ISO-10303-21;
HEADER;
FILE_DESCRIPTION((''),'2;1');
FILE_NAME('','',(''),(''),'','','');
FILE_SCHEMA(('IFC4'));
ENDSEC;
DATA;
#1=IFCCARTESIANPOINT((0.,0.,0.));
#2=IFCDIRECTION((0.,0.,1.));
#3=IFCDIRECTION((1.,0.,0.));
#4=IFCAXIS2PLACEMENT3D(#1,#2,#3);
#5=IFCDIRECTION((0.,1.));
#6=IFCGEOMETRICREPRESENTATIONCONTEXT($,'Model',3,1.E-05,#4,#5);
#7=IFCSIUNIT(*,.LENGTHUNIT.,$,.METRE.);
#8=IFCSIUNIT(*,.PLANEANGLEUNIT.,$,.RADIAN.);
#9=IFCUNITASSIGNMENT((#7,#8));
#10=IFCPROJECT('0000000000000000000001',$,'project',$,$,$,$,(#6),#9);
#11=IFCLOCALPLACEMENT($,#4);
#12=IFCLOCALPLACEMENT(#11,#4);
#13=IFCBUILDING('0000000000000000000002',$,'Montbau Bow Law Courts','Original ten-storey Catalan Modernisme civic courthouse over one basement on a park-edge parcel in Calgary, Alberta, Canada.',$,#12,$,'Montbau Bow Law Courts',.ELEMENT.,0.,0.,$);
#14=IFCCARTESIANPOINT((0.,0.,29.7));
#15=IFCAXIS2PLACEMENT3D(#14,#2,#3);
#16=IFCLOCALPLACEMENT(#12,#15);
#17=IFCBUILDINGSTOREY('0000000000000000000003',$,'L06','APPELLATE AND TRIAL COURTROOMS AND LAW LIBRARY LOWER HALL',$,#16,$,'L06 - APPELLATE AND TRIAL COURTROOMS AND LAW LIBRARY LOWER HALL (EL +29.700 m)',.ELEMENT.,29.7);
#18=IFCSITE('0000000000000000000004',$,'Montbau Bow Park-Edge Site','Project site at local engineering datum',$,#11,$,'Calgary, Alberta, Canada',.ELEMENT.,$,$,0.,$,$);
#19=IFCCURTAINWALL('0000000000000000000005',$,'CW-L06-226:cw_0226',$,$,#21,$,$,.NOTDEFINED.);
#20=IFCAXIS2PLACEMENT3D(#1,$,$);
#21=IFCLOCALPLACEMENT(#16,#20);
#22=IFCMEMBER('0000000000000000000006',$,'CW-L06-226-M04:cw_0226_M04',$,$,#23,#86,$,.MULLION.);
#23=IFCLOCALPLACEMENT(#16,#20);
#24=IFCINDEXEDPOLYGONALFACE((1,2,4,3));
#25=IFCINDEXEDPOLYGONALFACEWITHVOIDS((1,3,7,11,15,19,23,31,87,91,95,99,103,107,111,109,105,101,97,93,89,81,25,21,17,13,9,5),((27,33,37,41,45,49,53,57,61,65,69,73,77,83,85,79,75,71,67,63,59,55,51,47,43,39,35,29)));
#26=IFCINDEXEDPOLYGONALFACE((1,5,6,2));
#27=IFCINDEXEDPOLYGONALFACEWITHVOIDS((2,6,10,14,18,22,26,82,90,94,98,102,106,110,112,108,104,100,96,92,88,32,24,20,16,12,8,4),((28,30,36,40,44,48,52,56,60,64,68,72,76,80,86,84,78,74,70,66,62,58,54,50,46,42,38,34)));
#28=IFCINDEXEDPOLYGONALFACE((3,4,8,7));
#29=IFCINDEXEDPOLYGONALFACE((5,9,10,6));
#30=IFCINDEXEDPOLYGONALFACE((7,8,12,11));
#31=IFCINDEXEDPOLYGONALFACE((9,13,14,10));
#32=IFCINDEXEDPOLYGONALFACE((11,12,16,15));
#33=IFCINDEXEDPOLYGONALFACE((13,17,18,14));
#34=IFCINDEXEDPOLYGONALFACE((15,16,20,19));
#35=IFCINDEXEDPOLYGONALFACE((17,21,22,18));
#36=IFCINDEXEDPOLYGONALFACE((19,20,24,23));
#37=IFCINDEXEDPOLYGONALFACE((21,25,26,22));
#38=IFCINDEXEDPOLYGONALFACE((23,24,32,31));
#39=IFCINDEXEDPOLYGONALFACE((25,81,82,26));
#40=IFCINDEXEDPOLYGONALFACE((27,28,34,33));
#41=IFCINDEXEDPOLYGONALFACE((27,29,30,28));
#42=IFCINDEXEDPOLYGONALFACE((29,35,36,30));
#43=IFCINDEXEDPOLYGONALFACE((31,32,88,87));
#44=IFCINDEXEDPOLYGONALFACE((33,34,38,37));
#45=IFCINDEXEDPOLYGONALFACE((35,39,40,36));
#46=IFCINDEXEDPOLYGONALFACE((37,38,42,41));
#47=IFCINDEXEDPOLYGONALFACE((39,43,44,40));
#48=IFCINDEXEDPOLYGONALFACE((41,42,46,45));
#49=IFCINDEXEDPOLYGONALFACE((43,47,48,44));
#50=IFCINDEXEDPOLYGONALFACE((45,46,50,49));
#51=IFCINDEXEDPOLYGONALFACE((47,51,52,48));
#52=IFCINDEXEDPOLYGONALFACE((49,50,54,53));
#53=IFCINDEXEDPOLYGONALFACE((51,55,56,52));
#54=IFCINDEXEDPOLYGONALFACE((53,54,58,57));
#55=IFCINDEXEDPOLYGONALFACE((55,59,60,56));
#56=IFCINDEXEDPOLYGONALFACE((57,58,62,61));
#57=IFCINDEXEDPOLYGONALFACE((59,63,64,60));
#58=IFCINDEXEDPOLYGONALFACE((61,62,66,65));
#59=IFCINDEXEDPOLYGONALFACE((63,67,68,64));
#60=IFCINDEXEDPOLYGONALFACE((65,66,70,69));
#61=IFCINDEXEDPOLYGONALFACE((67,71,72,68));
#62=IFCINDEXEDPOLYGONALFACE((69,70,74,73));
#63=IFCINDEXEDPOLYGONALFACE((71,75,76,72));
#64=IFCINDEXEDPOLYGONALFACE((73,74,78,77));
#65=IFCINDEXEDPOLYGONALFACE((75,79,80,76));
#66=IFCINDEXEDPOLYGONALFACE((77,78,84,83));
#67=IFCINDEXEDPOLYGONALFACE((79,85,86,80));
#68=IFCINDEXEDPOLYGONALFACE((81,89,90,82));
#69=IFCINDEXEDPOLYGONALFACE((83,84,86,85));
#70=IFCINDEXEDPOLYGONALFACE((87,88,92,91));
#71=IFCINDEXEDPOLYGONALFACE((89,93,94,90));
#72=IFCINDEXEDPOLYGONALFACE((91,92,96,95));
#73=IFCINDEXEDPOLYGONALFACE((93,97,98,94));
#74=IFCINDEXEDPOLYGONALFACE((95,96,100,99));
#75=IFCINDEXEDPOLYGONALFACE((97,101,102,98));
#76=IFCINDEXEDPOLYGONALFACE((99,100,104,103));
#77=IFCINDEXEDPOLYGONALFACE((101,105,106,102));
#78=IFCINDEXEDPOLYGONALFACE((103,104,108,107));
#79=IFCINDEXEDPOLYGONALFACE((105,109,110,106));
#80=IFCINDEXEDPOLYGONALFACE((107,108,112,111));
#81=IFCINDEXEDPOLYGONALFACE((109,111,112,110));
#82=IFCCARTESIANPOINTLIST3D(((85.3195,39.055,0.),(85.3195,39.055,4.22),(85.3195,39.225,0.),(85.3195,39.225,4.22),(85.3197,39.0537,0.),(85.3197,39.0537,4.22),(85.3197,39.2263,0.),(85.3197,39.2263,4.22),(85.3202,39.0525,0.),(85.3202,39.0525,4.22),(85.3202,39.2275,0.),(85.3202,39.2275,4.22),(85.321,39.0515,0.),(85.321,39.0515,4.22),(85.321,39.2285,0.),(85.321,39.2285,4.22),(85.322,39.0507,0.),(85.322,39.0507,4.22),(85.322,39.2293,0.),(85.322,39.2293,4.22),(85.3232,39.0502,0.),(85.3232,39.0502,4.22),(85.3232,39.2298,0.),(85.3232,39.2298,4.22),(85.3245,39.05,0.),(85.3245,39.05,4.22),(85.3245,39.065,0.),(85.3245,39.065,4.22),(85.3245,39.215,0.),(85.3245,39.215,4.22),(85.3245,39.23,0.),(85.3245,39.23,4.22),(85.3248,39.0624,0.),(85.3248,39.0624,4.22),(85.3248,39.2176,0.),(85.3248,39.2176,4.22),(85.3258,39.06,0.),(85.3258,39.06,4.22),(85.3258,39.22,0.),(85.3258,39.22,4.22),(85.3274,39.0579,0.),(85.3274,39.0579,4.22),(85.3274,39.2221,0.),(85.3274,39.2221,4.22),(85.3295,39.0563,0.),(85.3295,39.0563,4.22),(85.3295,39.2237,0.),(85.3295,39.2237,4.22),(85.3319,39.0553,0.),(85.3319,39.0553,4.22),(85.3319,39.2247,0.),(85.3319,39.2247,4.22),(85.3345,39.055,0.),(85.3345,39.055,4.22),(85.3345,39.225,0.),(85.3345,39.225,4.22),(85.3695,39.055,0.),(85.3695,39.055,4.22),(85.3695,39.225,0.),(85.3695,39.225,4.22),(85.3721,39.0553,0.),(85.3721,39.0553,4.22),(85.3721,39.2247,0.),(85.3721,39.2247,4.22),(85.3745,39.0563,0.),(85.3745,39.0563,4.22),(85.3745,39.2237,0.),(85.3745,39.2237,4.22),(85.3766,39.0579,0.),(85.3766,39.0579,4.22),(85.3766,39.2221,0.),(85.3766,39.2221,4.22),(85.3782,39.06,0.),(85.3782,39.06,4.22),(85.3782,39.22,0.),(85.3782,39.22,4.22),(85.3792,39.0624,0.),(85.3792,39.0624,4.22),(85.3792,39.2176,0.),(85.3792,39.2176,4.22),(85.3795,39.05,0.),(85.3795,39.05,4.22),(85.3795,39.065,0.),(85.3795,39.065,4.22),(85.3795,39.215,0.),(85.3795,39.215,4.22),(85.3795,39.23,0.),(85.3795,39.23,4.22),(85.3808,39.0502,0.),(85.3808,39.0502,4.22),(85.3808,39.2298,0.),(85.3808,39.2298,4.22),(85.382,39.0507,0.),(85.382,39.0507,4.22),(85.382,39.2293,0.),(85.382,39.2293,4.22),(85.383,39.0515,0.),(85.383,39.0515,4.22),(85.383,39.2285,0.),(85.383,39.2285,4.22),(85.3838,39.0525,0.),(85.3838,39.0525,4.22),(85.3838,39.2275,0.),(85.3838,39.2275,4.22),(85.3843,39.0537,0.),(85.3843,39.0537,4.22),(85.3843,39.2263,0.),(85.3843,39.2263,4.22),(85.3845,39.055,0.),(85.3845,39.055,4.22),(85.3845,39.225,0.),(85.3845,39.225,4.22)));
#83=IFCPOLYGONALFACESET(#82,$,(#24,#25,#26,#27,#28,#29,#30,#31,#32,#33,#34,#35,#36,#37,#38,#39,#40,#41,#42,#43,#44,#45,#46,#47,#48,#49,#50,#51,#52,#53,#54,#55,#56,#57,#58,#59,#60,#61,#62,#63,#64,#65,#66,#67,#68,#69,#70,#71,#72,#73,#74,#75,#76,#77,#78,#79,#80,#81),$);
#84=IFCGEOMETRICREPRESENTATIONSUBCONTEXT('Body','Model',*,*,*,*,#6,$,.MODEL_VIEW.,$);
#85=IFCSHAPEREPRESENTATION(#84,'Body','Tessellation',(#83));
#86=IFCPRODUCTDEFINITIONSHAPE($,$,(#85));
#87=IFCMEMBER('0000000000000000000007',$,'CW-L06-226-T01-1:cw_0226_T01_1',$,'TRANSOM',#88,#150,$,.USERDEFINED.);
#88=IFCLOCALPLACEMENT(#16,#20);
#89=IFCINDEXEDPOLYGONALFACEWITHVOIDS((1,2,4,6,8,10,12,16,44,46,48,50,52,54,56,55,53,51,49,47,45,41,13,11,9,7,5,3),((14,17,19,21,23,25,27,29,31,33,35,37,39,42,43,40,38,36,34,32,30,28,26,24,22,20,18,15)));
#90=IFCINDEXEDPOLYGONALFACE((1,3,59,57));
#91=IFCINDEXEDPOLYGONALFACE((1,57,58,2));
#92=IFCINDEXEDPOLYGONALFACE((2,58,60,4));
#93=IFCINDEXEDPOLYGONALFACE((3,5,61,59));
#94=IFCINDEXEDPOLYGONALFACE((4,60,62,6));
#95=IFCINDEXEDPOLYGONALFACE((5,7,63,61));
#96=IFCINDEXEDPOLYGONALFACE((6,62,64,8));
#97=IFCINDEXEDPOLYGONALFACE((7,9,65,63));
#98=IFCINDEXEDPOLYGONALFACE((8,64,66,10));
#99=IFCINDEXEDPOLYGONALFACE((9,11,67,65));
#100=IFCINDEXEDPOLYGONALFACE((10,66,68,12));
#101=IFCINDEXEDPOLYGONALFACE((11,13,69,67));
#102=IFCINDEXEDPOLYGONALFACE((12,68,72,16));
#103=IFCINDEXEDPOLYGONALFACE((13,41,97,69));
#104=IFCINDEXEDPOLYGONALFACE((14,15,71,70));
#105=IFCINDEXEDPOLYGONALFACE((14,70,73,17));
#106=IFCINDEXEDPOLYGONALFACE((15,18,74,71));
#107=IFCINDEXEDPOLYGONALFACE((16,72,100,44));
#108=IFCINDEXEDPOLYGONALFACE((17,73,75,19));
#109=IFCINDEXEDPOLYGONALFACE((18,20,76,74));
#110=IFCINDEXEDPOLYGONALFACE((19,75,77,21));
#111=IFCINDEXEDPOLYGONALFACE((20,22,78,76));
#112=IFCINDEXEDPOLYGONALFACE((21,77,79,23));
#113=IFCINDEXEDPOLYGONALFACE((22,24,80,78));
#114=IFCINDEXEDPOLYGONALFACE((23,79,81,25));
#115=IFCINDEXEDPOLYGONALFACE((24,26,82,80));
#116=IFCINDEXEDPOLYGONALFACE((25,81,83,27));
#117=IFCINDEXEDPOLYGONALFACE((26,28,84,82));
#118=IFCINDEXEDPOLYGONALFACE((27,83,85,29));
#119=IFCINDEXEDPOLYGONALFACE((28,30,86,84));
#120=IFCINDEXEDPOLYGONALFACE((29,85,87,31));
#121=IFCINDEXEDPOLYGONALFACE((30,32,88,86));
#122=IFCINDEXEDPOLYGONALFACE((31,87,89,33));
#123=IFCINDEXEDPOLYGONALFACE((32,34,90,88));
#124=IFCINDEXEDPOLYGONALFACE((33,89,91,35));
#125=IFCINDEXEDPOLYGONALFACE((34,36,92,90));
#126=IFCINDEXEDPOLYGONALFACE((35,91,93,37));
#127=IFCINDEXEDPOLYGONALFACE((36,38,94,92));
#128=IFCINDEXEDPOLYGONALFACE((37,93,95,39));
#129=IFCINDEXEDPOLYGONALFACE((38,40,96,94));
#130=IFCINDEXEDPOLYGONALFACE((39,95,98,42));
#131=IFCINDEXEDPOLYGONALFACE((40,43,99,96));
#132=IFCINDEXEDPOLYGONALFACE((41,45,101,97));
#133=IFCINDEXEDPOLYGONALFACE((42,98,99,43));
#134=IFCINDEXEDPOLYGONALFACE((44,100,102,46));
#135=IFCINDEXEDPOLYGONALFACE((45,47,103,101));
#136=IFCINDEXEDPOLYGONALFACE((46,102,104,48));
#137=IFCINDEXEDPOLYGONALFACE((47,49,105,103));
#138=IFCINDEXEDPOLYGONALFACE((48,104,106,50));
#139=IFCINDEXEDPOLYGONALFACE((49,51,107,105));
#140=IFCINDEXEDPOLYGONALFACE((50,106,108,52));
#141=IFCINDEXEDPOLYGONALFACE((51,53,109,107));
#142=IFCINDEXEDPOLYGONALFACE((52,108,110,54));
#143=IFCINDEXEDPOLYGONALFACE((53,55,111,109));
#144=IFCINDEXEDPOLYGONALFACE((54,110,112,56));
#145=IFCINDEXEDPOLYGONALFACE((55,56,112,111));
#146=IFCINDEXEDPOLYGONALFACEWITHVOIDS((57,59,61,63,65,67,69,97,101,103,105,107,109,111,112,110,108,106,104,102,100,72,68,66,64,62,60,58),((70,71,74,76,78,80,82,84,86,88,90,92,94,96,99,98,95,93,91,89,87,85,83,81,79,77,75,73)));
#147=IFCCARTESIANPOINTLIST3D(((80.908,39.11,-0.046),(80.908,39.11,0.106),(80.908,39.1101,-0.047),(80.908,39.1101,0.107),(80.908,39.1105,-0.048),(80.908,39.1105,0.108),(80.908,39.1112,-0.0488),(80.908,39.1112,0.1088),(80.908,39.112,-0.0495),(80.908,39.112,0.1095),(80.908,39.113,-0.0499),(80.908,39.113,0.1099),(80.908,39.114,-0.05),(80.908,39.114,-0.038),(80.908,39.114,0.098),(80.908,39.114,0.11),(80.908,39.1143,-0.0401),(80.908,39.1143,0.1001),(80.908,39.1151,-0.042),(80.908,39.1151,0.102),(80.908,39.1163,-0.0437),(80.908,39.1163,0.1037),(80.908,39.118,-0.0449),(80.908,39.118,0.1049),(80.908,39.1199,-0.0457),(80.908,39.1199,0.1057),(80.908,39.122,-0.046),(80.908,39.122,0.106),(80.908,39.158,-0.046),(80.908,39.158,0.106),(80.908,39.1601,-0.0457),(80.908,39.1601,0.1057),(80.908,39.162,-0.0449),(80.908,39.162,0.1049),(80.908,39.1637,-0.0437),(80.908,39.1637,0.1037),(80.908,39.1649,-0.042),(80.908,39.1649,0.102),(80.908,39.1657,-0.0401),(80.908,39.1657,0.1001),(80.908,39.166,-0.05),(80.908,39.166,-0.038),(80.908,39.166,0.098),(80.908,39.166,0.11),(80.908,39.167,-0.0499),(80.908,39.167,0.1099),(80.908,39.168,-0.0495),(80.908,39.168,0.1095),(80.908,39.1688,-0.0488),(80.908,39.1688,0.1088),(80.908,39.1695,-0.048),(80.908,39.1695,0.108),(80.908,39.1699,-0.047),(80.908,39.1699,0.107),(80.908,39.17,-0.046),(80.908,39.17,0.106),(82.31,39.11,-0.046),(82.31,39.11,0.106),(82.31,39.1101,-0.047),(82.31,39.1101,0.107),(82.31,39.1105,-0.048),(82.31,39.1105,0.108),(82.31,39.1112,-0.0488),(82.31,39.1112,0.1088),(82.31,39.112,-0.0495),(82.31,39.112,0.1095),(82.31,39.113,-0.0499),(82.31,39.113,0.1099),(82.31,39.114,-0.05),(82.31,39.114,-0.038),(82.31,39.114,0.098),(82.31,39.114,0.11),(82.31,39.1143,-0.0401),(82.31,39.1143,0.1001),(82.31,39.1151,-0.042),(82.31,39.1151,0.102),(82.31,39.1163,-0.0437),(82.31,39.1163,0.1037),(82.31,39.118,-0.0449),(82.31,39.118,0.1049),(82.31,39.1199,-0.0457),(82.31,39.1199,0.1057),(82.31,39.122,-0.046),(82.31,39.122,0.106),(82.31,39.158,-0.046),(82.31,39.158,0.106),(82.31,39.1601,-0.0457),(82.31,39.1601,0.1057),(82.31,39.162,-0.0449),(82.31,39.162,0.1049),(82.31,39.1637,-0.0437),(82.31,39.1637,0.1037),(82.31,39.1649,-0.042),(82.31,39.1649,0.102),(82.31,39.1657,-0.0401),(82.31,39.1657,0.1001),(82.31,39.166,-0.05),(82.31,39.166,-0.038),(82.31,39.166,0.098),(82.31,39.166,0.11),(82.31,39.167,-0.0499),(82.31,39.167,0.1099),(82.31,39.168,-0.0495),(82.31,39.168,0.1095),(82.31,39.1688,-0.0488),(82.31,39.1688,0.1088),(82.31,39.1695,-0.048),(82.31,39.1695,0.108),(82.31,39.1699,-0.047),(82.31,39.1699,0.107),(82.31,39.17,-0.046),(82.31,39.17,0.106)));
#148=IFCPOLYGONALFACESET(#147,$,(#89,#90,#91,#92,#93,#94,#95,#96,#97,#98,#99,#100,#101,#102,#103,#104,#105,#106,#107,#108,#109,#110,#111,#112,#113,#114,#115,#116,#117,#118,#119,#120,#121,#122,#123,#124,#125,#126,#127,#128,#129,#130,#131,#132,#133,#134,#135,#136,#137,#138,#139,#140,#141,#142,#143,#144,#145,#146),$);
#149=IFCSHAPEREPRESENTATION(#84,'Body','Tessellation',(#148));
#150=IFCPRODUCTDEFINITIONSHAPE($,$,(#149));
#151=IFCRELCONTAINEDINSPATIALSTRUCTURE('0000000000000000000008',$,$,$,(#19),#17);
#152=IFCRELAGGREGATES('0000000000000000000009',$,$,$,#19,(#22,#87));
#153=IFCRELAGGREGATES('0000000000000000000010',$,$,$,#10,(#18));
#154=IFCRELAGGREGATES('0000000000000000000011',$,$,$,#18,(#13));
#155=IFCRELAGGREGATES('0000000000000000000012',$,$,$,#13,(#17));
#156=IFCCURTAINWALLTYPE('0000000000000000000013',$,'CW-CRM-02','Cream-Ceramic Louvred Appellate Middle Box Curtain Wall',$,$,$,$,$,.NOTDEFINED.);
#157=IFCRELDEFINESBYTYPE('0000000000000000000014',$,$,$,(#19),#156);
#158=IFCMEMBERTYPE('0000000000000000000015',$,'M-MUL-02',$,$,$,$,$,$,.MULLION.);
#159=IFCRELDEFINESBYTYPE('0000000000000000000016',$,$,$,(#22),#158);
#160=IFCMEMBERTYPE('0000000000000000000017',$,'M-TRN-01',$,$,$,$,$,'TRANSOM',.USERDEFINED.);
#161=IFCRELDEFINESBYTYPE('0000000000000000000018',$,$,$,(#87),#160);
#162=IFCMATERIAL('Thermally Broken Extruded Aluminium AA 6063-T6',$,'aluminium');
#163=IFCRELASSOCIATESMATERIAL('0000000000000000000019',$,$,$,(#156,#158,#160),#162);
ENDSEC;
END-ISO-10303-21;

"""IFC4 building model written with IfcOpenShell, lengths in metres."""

from ifc_helpers import new_model, si_unit, direction, frame, origin_with_axes, origin_2d_with_axis, place, context, subcontext, project, spatial, hollow_rectangle, extrude, material, material_profile, profile_set, type_object, element, aggregate, save


model = new_model("IFC4")

# Units and contexts
model_context = context("Model", 3, precision=1e-05, world=origin_with_axes(), true_north=direction((0.0, 1.0)))
body_context = subcontext(model_context, "Body", "Model", "MODEL_VIEW")
ifc_project = project(units=[si_unit("LENGTHUNIT", "METRE"), si_unit("PLANEANGLEUNIT", "RADIAN")], contexts=[model_context])

# Site, building, storey
site_placement = place(None, origin_with_axes())
site = spatial("IfcSite", under=ifc_project, at=site_placement, Name="Montbau Bow Park-Edge Site", Description="Project site at local engineering datum", LongName="Calgary, Alberta, Canada", CompositionType="ELEMENT", RefElevation=0.0)
building_placement = place(site_placement, origin_with_axes())
building = spatial("IfcBuilding", under=site, at=building_placement, Name="Montbau Bow Law Courts", Description="Original ten-storey Catalan Modernisme civic courthouse over one basement on a park-edge parcel in Calgary, Alberta, Canada.", LongName="Montbau Bow Law Courts", CompositionType="ELEMENT", ElevationOfRefHeight=0.0, ElevationOfTerrain=0.0)
storey_placement = place(building_placement, frame((0.0, 0.0, 29.7), z_axis=(0.0, 0.0, 1.0), x_axis=(1.0, 0.0, 0.0)))
storey = spatial("IfcBuildingStorey", under=building, at=storey_placement, Name="L06", Description="APPELLATE AND TRIAL COURTROOMS AND LAW LIBRARY LOWER HALL", LongName="L06 - APPELLATE AND TRIAL COURTROOMS AND LAW LIBRARY LOWER HALL (EL +29.700 m)", CompositionType="ELEMENT", Elevation=29.7)

# Shared definitions
ifc_material_1 = material(Name="Thermally Broken Extruded Aluminium AA 6063-T6", Category="aluminium")
curtain_wall_type = type_object("IfcCurtainWallType", Name="CW-CRM-02", Description="Cream-Ceramic Louvred Appellate Middle Box Curtain Wall", PredefinedType="NOTDEFINED", material=ifc_material_1)

# Curtain wall, members
curtain_wall_1_placement = place(None, frame((80.84, 39.14, 29.7), z_axis=(0.0, 0.0, 1.0), x_axis=(1.0, 0.0, 0.0)))
curtain_wall_1 = element("IfcCurtainWall", 1, at=curtain_wall_1_placement, inside=storey, type_object=curtain_wall_type, Name="CW-L06-226:cw_0226", PredefinedType="NOTDEFINED")
ifc_material_profile_1 = material_profile(ifc_material_1, hollow_rectangle(XDim=0.065, YDim=0.18, WallThickness=0.005, InnerFilletRadius=0.01, OuterFilletRadius=0.005, at=origin_2d_with_axis()), Name="CWM-180X65", Category="Main", Priority=0)
ifc_profile_set_1 = profile_set([ifc_material_profile_1], Name="Thermally Broken Extruded Aluminium AA 6063-T6")
member_type_1 = type_object("IfcMemberType", Name="M-MUL-02", PredefinedType="MULLION", material=ifc_profile_set_1)
member_1_placement = place(None, frame((85.352, 39.14, 29.7), z_axis=(0.0, 0.0, 1.0), x_axis=(1.0, 0.0, 0.0)))
member_1 = element("IfcMember", 2, at=member_1_placement, type_object=member_type_1, Name="CW-L06-226-M04:cw_0226_M04", PredefinedType="MULLION", context=body_context, shape_type="SweptSolid", body=[
    extrude(hollow_rectangle(XDim=0.065, YDim=0.18, WallThickness=0.005, InnerFilletRadius=0.01, OuterFilletRadius=0.005, at=origin_2d_with_axis()), origin_with_axes(), (0.0, 0.0, 1.0), 4.22),
])
ifc_material_profile_2 = material_profile(ifc_material_1, hollow_rectangle(XDim=0.06, YDim=0.16, WallThickness=0.004, InnerFilletRadius=0.008, OuterFilletRadius=0.004, at=origin_2d_with_axis()), Name="CWT-160X60", Category="Main", Priority=0)
ifc_profile_set_2 = profile_set([ifc_material_profile_2], Name="Thermally Broken Extruded Aluminium AA 6063-T6")
member_type_2 = type_object("IfcMemberType", Name="M-TRN-01", ElementType="TRANSOM", PredefinedType="USERDEFINED", material=ifc_profile_set_2)
member_2_placement = place(None, frame((80.908, 39.14, 29.73), z_axis=(1.0, 0.0, 0.0), x_axis=(0.0, 1.0, 0.0)))
member_2 = element("IfcMember", 3, at=member_2_placement, type_object=member_type_2, Name="CW-L06-226-T01-1:cw_0226_T01_1", ObjectType="TRANSOM", PredefinedType="USERDEFINED", context=body_context, shape_type="SweptSolid", body=[
    extrude(hollow_rectangle(XDim=0.06, YDim=0.16, WallThickness=0.004, InnerFilletRadius=0.008, OuterFilletRadius=0.004, at=origin_2d_with_axis()), origin_with_axes(), (0.0, 0.0, 1.0), 1.402),
])

aggregate(curtain_wall_1, [member_1, member_2])

save(model, "model.ifc")
